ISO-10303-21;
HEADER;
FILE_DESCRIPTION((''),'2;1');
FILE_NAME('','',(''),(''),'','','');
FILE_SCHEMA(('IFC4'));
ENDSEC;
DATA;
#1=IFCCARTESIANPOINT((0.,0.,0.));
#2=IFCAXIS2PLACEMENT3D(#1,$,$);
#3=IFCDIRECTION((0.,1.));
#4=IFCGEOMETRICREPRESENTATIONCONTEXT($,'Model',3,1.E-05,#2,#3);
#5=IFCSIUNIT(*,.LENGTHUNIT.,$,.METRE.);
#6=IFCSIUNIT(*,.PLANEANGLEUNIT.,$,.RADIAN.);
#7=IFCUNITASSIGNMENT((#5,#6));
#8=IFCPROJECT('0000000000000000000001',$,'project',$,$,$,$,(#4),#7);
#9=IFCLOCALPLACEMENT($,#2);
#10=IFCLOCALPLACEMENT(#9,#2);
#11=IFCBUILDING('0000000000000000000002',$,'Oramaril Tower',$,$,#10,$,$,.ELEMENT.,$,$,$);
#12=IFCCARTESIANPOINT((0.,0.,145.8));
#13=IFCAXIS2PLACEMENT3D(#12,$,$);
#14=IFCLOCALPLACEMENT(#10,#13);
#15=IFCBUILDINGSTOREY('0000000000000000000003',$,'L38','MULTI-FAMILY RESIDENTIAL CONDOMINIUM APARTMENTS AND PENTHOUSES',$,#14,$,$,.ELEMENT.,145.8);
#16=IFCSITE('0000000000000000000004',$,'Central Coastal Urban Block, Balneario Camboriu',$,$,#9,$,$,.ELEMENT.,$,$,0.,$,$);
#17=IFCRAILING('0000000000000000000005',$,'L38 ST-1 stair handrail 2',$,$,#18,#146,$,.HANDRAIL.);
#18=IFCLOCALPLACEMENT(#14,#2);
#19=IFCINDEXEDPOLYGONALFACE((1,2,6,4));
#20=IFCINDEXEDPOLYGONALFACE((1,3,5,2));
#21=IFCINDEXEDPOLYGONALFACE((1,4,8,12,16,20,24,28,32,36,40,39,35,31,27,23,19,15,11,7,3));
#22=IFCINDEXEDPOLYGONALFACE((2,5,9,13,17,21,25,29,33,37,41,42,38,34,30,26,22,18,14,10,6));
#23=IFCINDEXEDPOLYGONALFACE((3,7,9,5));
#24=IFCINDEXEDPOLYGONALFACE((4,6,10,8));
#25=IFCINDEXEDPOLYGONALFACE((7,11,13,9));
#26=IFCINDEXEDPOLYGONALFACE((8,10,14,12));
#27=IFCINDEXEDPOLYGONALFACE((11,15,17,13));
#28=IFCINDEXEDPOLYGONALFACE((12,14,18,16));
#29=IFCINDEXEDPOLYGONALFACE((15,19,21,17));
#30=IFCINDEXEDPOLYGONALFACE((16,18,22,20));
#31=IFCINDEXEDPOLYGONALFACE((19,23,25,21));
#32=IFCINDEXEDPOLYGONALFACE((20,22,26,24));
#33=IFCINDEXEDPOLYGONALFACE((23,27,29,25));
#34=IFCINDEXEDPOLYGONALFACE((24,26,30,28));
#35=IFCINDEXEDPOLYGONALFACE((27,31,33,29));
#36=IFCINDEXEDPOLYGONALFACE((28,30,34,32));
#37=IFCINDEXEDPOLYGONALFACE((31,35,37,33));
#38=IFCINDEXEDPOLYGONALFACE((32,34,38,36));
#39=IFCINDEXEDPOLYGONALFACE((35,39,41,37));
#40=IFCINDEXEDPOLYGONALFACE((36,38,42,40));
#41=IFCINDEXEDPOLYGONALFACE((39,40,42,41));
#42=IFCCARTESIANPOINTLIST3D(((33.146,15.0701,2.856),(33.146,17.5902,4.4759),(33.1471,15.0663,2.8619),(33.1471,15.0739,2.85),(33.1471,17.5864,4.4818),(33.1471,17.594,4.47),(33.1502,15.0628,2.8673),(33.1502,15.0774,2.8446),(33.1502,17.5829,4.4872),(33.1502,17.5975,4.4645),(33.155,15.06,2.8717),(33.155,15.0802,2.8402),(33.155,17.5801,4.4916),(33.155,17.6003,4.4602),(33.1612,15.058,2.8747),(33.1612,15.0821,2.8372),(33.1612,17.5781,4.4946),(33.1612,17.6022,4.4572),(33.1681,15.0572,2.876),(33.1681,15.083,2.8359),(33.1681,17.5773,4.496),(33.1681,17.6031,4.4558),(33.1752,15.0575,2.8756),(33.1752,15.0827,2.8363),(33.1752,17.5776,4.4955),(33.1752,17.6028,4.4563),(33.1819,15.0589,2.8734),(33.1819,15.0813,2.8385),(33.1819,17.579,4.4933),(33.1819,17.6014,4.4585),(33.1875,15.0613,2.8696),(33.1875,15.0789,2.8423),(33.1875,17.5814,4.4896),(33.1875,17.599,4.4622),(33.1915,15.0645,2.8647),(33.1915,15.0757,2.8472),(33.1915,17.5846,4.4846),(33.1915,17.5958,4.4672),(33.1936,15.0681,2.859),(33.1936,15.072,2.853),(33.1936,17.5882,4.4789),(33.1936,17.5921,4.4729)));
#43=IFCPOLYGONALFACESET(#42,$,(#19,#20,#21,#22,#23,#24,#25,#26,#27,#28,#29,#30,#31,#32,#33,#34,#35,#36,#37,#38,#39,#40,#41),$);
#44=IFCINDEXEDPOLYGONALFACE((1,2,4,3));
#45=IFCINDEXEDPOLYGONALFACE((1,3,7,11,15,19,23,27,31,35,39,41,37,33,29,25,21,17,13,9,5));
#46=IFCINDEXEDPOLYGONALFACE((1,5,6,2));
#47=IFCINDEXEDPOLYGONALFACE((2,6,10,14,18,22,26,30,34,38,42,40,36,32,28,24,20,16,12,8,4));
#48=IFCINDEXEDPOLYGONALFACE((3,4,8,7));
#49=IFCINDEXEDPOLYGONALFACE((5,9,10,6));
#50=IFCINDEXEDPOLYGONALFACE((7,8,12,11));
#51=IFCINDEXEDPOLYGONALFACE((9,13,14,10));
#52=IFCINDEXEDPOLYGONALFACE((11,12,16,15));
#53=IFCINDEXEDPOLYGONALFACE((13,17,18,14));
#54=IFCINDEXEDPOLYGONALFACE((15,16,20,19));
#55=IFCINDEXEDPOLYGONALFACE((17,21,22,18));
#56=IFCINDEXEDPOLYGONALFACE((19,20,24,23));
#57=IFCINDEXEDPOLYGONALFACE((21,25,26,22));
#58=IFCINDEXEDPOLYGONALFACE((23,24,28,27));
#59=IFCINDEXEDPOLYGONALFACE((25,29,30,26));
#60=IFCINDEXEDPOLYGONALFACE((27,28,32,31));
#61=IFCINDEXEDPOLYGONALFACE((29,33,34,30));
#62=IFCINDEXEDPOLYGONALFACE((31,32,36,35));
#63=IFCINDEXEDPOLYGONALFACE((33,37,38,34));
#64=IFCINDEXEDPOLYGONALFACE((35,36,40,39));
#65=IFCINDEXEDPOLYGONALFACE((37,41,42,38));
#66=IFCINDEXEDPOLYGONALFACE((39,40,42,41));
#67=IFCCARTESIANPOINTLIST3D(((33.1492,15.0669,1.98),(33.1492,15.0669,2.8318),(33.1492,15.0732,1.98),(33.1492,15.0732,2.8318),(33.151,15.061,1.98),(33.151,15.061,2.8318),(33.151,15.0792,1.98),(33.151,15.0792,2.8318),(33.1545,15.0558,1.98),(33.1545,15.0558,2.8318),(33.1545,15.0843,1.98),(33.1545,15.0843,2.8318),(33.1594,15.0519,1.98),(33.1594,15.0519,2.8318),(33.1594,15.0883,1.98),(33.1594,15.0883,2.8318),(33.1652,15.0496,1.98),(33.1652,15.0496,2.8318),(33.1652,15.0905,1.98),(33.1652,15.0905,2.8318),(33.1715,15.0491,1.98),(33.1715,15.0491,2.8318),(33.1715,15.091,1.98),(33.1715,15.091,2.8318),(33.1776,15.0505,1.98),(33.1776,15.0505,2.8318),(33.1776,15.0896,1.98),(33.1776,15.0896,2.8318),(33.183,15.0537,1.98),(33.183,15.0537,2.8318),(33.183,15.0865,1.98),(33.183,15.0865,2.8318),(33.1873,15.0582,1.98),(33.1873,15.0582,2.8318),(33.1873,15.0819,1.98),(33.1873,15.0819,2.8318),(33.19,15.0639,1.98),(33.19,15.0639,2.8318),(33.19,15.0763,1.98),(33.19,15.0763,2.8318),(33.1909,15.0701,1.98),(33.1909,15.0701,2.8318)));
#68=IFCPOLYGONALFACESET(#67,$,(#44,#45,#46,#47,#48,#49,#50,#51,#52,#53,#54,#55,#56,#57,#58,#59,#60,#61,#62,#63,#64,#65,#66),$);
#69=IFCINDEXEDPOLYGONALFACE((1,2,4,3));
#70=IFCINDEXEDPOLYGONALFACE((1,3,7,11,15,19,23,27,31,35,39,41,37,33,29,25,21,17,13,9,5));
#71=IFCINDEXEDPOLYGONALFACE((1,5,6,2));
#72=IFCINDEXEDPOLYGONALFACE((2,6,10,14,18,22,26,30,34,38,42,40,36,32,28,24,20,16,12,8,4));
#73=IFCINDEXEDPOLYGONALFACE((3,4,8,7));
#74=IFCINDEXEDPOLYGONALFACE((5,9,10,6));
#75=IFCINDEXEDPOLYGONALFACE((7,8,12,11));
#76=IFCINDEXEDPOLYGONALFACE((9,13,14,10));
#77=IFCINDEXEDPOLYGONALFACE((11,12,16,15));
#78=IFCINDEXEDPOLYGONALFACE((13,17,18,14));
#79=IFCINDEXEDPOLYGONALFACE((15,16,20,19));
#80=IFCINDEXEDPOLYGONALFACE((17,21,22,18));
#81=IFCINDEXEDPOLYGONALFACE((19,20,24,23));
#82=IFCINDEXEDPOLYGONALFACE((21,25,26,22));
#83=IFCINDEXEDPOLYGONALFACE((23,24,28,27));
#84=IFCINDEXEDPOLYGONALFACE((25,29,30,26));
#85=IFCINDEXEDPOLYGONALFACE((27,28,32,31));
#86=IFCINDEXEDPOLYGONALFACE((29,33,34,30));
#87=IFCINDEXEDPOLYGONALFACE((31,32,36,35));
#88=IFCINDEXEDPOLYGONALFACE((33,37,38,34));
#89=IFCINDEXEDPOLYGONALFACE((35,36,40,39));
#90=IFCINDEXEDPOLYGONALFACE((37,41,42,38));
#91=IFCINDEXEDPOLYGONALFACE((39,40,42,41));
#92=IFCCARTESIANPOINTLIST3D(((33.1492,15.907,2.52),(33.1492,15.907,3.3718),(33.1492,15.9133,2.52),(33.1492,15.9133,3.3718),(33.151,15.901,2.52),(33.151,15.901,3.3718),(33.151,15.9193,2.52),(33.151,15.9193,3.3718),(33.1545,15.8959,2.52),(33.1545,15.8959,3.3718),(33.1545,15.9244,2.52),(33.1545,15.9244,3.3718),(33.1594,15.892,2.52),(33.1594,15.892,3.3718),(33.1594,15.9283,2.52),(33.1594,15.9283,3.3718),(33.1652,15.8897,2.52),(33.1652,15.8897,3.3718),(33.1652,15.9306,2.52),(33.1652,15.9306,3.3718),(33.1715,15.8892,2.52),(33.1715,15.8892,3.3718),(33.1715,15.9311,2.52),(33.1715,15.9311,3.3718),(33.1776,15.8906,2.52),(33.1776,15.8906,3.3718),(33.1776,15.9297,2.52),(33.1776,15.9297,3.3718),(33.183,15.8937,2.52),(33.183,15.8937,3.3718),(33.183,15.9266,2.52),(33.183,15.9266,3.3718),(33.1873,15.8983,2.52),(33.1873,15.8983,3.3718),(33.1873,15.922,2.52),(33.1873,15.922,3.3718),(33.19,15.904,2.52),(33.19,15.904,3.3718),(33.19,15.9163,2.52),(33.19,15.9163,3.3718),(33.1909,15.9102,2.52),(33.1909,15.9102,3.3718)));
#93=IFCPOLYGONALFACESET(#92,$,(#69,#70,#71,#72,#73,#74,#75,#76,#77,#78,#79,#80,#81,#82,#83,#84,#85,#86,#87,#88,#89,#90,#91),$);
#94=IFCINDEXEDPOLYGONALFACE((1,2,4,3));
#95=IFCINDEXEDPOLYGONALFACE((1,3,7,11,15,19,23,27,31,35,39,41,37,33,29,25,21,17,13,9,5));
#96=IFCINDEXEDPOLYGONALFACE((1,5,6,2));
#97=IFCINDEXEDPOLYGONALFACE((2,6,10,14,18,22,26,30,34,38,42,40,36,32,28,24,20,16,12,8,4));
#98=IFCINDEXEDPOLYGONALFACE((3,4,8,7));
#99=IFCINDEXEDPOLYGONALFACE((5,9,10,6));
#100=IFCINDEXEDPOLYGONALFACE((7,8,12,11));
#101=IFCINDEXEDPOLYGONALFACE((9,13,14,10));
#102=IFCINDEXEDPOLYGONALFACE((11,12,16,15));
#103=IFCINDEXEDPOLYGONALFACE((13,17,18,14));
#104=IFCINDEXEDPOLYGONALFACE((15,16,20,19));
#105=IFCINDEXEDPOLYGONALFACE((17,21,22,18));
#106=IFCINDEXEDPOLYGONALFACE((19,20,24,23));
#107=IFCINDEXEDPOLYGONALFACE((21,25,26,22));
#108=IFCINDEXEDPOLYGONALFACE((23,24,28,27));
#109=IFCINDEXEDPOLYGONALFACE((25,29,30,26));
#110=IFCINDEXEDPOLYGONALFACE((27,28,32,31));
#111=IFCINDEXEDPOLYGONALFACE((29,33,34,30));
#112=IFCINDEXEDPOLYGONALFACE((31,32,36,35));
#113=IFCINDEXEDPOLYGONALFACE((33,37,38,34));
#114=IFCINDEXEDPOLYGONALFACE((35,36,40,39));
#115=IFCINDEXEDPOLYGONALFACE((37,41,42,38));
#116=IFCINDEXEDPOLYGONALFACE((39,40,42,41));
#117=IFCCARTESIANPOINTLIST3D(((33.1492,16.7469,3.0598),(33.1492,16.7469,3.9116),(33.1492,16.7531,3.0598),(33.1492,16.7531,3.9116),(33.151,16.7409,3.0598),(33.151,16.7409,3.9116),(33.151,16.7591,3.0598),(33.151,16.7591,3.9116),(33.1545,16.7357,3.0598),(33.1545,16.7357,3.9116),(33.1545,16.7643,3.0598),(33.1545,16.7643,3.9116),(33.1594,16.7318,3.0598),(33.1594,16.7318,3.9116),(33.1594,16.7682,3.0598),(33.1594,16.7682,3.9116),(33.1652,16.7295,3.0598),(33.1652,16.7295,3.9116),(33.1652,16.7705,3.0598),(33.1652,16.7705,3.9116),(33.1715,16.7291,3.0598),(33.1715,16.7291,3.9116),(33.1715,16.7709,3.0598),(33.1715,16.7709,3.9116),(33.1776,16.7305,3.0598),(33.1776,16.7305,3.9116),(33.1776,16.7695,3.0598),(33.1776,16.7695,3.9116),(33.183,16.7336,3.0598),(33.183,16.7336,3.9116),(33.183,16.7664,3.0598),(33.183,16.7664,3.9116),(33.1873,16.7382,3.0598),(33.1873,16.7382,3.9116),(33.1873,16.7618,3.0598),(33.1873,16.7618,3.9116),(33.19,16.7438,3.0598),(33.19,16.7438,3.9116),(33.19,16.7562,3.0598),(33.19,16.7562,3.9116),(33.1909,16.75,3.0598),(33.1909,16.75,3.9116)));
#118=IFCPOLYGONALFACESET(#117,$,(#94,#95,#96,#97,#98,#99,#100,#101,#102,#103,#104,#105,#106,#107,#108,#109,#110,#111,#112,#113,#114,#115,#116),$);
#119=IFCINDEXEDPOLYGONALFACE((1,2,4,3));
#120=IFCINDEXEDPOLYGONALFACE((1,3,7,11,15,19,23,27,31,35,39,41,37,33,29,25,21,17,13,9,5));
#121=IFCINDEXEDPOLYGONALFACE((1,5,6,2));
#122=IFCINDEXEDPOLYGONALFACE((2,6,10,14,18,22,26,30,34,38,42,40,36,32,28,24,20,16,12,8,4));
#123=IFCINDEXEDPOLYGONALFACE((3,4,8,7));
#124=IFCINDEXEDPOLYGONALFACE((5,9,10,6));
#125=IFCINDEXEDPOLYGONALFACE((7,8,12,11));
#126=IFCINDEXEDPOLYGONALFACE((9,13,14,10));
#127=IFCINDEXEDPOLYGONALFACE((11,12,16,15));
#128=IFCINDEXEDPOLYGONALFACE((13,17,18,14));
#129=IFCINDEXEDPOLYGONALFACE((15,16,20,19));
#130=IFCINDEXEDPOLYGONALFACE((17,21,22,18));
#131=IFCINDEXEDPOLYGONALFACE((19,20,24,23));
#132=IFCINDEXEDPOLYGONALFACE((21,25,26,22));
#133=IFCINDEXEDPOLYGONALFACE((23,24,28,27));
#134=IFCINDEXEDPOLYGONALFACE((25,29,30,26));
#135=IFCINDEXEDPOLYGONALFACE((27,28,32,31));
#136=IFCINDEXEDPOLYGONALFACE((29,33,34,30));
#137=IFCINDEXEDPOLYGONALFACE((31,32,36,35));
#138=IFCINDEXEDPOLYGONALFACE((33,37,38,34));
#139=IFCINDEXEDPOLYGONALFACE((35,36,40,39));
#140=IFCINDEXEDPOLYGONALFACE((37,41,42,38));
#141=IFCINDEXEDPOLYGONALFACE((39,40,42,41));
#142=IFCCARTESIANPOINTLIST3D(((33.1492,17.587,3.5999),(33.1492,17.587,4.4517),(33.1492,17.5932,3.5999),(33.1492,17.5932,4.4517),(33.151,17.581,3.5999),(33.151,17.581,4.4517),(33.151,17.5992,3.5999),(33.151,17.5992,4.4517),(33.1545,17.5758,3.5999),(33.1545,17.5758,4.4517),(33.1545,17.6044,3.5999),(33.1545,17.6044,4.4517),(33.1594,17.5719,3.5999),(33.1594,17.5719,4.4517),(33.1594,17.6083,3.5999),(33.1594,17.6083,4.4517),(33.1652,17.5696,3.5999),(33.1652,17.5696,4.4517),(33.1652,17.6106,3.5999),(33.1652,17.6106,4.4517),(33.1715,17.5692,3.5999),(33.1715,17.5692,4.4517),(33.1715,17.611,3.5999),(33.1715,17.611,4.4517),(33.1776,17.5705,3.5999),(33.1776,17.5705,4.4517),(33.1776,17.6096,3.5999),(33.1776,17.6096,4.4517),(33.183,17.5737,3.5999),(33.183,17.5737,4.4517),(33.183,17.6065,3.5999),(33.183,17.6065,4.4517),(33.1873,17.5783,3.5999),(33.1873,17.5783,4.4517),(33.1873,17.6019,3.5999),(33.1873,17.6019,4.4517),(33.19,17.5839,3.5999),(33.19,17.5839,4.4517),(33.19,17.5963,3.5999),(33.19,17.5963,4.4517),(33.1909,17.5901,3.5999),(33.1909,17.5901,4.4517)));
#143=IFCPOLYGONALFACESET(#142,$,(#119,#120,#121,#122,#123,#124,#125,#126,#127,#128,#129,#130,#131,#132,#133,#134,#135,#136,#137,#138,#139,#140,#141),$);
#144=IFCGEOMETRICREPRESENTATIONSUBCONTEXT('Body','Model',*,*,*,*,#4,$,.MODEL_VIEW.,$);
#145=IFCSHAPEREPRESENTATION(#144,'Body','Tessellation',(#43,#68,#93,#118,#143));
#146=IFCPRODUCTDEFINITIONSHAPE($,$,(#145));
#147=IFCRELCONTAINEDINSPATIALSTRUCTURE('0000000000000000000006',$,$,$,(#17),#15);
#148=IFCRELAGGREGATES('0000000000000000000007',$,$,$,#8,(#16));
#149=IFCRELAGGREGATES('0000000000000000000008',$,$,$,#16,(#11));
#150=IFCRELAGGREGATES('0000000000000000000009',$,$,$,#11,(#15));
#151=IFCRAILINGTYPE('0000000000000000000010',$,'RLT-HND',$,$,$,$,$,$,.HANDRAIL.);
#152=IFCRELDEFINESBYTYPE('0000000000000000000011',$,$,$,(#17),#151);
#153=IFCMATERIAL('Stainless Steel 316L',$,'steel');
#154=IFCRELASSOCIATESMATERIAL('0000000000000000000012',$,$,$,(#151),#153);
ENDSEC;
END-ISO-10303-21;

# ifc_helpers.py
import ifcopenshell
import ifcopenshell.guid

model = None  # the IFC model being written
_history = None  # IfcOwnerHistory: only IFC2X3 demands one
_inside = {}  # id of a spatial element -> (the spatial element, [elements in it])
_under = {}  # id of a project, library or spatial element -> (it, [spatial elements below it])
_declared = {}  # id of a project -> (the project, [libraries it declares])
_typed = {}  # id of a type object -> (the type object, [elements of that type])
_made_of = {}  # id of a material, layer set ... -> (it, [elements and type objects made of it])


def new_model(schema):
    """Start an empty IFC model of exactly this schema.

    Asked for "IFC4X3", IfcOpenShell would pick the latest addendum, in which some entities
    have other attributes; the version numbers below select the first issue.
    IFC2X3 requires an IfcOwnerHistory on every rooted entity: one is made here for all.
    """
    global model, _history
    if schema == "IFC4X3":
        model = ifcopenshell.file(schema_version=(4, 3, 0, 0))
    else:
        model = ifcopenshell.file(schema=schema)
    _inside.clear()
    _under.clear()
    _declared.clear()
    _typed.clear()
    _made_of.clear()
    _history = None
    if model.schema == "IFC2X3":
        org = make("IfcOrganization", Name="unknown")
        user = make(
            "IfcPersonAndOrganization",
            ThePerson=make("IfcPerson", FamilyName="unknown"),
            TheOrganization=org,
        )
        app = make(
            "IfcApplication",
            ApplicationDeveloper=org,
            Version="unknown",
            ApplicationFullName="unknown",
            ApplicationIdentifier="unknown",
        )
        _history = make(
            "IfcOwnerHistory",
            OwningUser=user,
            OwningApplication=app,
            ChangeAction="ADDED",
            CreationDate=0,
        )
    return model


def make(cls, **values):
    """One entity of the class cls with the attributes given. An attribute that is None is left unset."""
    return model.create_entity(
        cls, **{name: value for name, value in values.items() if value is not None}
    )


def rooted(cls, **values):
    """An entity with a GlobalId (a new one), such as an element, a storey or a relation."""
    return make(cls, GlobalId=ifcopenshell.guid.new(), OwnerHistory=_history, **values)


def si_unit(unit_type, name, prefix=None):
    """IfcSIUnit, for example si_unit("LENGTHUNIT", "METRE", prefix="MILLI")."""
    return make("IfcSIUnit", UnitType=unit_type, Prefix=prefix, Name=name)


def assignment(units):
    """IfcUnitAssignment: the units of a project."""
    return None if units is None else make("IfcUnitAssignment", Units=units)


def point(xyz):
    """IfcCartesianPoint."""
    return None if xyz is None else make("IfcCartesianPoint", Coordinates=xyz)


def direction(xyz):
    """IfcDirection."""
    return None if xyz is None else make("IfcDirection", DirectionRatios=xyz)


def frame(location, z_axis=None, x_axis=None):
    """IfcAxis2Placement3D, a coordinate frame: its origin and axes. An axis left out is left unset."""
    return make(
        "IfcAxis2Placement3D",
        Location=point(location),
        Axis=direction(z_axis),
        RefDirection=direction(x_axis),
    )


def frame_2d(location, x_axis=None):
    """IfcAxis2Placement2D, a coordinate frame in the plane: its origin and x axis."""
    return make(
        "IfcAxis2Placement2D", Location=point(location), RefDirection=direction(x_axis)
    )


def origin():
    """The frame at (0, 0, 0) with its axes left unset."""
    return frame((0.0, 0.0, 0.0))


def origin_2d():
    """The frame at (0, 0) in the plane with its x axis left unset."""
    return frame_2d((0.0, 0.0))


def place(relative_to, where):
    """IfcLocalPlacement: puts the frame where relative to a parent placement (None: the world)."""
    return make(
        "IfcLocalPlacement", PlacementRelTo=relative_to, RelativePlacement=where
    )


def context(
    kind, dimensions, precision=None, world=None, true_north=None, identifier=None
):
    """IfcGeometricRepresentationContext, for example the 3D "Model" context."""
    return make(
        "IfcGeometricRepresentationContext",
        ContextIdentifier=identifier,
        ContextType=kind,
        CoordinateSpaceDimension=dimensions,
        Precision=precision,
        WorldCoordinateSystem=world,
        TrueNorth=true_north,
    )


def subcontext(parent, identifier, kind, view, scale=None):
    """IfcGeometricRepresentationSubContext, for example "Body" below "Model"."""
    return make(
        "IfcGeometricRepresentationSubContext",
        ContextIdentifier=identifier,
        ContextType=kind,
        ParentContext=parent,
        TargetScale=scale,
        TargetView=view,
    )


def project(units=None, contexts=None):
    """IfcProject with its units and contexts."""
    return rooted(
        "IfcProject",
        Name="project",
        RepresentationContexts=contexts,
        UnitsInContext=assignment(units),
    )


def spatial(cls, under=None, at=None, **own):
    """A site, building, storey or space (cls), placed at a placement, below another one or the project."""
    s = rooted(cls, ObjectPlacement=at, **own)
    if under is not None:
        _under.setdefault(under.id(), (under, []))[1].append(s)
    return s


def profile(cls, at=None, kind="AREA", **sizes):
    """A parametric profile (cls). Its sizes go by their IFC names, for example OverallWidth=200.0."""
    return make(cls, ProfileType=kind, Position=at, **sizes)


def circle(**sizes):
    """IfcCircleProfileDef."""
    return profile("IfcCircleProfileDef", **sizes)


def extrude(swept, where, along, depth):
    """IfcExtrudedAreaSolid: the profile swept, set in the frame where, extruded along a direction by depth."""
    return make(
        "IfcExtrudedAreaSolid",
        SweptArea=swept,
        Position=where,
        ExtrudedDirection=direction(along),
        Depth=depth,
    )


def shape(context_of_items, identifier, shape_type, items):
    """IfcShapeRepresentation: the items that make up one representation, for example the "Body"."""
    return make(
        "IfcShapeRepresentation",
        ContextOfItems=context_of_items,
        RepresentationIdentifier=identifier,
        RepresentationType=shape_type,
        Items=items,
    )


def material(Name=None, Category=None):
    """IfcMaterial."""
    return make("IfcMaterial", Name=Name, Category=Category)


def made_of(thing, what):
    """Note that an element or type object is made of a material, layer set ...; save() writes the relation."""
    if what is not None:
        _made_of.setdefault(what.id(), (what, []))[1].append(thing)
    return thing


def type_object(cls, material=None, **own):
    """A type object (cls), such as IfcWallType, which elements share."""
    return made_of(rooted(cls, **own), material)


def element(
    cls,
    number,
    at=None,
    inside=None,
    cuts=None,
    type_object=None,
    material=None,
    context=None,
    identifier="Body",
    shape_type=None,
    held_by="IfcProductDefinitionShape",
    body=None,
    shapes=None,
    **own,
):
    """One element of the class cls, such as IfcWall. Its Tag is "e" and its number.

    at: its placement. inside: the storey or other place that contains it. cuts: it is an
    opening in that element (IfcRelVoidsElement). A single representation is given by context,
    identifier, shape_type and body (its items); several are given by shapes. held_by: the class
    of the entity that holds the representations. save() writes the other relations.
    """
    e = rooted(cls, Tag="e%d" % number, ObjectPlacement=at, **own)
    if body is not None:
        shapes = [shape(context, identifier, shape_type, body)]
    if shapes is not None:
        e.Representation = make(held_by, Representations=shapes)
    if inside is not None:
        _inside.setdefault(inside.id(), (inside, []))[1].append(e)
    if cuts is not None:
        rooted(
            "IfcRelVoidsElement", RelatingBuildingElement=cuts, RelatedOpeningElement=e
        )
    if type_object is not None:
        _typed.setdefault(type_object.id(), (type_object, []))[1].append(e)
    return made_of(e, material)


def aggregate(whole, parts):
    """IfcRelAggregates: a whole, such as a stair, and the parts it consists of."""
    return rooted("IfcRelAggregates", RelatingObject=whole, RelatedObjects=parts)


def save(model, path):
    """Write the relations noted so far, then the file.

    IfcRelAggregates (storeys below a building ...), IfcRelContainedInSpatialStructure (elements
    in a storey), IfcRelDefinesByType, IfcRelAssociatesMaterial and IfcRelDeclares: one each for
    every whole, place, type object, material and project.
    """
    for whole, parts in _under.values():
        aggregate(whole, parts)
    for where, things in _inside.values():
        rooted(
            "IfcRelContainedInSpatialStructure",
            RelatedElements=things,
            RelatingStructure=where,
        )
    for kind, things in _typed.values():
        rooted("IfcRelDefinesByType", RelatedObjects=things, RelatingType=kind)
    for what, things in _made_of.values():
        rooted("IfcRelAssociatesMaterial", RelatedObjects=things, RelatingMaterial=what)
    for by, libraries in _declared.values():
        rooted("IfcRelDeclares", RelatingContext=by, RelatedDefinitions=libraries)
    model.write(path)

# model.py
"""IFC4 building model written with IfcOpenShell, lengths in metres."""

from ifc_helpers import new_model, si_unit, direction, frame, origin, origin_2d, place, context, subcontext, project, spatial, circle, extrude, material, type_object, element, save


model = new_model("IFC4")

# Units and contexts
model_context = context("Model", 3, precision=1e-05, world=origin(), true_north=direction((0.0, 1.0)))
body_context = subcontext(model_context, "Body", "Model", "MODEL_VIEW")
ifc_project = project(units=[si_unit("LENGTHUNIT", "METRE"), si_unit("PLANEANGLEUNIT", "RADIAN")], contexts=[model_context])

# Site, building, storey
site_placement = place(None, origin())
site = spatial("IfcSite", under=ifc_project, at=site_placement, Name="Central Coastal Urban Block, Balneario Camboriu", CompositionType="ELEMENT", RefElevation=0.0)
building_placement = place(site_placement, origin())
building = spatial("IfcBuilding", under=site, at=building_placement, Name="Oramaril Tower", CompositionType="ELEMENT")
storey_placement = place(building_placement, frame((0.0, 0.0, 145.8)))
storey = spatial("IfcBuildingStorey", under=building, at=storey_placement, Name="L38", Description="MULTI-FAMILY RESIDENTIAL CONDOMINIUM APARTMENTS AND PENTHOUSES", CompositionType="ELEMENT", Elevation=145.8)

# Railing
ifc_material_1 = material(Name="Stainless Steel 316L", Category="steel")
railing_type_1 = type_object("IfcRailingType", Name="RLT-HND", PredefinedType="HANDRAIL", material=ifc_material_1)
for number, where, name in (
    (1, (33.1699, 15.0701, 1.98), "L38 ST-1 stair handrail 2"),
):
    element("IfcRailing", number, at=place(storey_placement, frame(where)), inside=storey, type_object=railing_type_1, Name=name, PredefinedType="HANDRAIL", context=body_context, shape_type="SweptSolid", body=[
        extrude(circle(Radius=0.0239, at=origin_2d()), frame((0.0, 0.0, 0.876), z_axis=(0.0, 0.8412, 0.540725), x_axis=(-1.0, 0.0, 0.0)), (0.0, 0.0, 1.0), 2.9958),
        extrude(circle(Radius=0.021, at=origin_2d()), origin(), (0.0, 0.0, 1.0), 0.8518),
        extrude(circle(Radius=0.021, at=origin_2d()), frame((0.0, 0.8401, 0.54)), (0.0, 0.0, 1.0), 0.8518),
        extrude(circle(Radius=0.021, at=origin_2d()), frame((0.0, 1.6799, 1.0798)), (0.0, 0.0, 1.0), 0.8518),
        extrude(circle(Radius=0.021, at=origin_2d()), frame((0.0, 2.52, 1.6199)), (0.0, 0.0, 1.0), 0.8518),
    ])

save(model, "model.ifc")
